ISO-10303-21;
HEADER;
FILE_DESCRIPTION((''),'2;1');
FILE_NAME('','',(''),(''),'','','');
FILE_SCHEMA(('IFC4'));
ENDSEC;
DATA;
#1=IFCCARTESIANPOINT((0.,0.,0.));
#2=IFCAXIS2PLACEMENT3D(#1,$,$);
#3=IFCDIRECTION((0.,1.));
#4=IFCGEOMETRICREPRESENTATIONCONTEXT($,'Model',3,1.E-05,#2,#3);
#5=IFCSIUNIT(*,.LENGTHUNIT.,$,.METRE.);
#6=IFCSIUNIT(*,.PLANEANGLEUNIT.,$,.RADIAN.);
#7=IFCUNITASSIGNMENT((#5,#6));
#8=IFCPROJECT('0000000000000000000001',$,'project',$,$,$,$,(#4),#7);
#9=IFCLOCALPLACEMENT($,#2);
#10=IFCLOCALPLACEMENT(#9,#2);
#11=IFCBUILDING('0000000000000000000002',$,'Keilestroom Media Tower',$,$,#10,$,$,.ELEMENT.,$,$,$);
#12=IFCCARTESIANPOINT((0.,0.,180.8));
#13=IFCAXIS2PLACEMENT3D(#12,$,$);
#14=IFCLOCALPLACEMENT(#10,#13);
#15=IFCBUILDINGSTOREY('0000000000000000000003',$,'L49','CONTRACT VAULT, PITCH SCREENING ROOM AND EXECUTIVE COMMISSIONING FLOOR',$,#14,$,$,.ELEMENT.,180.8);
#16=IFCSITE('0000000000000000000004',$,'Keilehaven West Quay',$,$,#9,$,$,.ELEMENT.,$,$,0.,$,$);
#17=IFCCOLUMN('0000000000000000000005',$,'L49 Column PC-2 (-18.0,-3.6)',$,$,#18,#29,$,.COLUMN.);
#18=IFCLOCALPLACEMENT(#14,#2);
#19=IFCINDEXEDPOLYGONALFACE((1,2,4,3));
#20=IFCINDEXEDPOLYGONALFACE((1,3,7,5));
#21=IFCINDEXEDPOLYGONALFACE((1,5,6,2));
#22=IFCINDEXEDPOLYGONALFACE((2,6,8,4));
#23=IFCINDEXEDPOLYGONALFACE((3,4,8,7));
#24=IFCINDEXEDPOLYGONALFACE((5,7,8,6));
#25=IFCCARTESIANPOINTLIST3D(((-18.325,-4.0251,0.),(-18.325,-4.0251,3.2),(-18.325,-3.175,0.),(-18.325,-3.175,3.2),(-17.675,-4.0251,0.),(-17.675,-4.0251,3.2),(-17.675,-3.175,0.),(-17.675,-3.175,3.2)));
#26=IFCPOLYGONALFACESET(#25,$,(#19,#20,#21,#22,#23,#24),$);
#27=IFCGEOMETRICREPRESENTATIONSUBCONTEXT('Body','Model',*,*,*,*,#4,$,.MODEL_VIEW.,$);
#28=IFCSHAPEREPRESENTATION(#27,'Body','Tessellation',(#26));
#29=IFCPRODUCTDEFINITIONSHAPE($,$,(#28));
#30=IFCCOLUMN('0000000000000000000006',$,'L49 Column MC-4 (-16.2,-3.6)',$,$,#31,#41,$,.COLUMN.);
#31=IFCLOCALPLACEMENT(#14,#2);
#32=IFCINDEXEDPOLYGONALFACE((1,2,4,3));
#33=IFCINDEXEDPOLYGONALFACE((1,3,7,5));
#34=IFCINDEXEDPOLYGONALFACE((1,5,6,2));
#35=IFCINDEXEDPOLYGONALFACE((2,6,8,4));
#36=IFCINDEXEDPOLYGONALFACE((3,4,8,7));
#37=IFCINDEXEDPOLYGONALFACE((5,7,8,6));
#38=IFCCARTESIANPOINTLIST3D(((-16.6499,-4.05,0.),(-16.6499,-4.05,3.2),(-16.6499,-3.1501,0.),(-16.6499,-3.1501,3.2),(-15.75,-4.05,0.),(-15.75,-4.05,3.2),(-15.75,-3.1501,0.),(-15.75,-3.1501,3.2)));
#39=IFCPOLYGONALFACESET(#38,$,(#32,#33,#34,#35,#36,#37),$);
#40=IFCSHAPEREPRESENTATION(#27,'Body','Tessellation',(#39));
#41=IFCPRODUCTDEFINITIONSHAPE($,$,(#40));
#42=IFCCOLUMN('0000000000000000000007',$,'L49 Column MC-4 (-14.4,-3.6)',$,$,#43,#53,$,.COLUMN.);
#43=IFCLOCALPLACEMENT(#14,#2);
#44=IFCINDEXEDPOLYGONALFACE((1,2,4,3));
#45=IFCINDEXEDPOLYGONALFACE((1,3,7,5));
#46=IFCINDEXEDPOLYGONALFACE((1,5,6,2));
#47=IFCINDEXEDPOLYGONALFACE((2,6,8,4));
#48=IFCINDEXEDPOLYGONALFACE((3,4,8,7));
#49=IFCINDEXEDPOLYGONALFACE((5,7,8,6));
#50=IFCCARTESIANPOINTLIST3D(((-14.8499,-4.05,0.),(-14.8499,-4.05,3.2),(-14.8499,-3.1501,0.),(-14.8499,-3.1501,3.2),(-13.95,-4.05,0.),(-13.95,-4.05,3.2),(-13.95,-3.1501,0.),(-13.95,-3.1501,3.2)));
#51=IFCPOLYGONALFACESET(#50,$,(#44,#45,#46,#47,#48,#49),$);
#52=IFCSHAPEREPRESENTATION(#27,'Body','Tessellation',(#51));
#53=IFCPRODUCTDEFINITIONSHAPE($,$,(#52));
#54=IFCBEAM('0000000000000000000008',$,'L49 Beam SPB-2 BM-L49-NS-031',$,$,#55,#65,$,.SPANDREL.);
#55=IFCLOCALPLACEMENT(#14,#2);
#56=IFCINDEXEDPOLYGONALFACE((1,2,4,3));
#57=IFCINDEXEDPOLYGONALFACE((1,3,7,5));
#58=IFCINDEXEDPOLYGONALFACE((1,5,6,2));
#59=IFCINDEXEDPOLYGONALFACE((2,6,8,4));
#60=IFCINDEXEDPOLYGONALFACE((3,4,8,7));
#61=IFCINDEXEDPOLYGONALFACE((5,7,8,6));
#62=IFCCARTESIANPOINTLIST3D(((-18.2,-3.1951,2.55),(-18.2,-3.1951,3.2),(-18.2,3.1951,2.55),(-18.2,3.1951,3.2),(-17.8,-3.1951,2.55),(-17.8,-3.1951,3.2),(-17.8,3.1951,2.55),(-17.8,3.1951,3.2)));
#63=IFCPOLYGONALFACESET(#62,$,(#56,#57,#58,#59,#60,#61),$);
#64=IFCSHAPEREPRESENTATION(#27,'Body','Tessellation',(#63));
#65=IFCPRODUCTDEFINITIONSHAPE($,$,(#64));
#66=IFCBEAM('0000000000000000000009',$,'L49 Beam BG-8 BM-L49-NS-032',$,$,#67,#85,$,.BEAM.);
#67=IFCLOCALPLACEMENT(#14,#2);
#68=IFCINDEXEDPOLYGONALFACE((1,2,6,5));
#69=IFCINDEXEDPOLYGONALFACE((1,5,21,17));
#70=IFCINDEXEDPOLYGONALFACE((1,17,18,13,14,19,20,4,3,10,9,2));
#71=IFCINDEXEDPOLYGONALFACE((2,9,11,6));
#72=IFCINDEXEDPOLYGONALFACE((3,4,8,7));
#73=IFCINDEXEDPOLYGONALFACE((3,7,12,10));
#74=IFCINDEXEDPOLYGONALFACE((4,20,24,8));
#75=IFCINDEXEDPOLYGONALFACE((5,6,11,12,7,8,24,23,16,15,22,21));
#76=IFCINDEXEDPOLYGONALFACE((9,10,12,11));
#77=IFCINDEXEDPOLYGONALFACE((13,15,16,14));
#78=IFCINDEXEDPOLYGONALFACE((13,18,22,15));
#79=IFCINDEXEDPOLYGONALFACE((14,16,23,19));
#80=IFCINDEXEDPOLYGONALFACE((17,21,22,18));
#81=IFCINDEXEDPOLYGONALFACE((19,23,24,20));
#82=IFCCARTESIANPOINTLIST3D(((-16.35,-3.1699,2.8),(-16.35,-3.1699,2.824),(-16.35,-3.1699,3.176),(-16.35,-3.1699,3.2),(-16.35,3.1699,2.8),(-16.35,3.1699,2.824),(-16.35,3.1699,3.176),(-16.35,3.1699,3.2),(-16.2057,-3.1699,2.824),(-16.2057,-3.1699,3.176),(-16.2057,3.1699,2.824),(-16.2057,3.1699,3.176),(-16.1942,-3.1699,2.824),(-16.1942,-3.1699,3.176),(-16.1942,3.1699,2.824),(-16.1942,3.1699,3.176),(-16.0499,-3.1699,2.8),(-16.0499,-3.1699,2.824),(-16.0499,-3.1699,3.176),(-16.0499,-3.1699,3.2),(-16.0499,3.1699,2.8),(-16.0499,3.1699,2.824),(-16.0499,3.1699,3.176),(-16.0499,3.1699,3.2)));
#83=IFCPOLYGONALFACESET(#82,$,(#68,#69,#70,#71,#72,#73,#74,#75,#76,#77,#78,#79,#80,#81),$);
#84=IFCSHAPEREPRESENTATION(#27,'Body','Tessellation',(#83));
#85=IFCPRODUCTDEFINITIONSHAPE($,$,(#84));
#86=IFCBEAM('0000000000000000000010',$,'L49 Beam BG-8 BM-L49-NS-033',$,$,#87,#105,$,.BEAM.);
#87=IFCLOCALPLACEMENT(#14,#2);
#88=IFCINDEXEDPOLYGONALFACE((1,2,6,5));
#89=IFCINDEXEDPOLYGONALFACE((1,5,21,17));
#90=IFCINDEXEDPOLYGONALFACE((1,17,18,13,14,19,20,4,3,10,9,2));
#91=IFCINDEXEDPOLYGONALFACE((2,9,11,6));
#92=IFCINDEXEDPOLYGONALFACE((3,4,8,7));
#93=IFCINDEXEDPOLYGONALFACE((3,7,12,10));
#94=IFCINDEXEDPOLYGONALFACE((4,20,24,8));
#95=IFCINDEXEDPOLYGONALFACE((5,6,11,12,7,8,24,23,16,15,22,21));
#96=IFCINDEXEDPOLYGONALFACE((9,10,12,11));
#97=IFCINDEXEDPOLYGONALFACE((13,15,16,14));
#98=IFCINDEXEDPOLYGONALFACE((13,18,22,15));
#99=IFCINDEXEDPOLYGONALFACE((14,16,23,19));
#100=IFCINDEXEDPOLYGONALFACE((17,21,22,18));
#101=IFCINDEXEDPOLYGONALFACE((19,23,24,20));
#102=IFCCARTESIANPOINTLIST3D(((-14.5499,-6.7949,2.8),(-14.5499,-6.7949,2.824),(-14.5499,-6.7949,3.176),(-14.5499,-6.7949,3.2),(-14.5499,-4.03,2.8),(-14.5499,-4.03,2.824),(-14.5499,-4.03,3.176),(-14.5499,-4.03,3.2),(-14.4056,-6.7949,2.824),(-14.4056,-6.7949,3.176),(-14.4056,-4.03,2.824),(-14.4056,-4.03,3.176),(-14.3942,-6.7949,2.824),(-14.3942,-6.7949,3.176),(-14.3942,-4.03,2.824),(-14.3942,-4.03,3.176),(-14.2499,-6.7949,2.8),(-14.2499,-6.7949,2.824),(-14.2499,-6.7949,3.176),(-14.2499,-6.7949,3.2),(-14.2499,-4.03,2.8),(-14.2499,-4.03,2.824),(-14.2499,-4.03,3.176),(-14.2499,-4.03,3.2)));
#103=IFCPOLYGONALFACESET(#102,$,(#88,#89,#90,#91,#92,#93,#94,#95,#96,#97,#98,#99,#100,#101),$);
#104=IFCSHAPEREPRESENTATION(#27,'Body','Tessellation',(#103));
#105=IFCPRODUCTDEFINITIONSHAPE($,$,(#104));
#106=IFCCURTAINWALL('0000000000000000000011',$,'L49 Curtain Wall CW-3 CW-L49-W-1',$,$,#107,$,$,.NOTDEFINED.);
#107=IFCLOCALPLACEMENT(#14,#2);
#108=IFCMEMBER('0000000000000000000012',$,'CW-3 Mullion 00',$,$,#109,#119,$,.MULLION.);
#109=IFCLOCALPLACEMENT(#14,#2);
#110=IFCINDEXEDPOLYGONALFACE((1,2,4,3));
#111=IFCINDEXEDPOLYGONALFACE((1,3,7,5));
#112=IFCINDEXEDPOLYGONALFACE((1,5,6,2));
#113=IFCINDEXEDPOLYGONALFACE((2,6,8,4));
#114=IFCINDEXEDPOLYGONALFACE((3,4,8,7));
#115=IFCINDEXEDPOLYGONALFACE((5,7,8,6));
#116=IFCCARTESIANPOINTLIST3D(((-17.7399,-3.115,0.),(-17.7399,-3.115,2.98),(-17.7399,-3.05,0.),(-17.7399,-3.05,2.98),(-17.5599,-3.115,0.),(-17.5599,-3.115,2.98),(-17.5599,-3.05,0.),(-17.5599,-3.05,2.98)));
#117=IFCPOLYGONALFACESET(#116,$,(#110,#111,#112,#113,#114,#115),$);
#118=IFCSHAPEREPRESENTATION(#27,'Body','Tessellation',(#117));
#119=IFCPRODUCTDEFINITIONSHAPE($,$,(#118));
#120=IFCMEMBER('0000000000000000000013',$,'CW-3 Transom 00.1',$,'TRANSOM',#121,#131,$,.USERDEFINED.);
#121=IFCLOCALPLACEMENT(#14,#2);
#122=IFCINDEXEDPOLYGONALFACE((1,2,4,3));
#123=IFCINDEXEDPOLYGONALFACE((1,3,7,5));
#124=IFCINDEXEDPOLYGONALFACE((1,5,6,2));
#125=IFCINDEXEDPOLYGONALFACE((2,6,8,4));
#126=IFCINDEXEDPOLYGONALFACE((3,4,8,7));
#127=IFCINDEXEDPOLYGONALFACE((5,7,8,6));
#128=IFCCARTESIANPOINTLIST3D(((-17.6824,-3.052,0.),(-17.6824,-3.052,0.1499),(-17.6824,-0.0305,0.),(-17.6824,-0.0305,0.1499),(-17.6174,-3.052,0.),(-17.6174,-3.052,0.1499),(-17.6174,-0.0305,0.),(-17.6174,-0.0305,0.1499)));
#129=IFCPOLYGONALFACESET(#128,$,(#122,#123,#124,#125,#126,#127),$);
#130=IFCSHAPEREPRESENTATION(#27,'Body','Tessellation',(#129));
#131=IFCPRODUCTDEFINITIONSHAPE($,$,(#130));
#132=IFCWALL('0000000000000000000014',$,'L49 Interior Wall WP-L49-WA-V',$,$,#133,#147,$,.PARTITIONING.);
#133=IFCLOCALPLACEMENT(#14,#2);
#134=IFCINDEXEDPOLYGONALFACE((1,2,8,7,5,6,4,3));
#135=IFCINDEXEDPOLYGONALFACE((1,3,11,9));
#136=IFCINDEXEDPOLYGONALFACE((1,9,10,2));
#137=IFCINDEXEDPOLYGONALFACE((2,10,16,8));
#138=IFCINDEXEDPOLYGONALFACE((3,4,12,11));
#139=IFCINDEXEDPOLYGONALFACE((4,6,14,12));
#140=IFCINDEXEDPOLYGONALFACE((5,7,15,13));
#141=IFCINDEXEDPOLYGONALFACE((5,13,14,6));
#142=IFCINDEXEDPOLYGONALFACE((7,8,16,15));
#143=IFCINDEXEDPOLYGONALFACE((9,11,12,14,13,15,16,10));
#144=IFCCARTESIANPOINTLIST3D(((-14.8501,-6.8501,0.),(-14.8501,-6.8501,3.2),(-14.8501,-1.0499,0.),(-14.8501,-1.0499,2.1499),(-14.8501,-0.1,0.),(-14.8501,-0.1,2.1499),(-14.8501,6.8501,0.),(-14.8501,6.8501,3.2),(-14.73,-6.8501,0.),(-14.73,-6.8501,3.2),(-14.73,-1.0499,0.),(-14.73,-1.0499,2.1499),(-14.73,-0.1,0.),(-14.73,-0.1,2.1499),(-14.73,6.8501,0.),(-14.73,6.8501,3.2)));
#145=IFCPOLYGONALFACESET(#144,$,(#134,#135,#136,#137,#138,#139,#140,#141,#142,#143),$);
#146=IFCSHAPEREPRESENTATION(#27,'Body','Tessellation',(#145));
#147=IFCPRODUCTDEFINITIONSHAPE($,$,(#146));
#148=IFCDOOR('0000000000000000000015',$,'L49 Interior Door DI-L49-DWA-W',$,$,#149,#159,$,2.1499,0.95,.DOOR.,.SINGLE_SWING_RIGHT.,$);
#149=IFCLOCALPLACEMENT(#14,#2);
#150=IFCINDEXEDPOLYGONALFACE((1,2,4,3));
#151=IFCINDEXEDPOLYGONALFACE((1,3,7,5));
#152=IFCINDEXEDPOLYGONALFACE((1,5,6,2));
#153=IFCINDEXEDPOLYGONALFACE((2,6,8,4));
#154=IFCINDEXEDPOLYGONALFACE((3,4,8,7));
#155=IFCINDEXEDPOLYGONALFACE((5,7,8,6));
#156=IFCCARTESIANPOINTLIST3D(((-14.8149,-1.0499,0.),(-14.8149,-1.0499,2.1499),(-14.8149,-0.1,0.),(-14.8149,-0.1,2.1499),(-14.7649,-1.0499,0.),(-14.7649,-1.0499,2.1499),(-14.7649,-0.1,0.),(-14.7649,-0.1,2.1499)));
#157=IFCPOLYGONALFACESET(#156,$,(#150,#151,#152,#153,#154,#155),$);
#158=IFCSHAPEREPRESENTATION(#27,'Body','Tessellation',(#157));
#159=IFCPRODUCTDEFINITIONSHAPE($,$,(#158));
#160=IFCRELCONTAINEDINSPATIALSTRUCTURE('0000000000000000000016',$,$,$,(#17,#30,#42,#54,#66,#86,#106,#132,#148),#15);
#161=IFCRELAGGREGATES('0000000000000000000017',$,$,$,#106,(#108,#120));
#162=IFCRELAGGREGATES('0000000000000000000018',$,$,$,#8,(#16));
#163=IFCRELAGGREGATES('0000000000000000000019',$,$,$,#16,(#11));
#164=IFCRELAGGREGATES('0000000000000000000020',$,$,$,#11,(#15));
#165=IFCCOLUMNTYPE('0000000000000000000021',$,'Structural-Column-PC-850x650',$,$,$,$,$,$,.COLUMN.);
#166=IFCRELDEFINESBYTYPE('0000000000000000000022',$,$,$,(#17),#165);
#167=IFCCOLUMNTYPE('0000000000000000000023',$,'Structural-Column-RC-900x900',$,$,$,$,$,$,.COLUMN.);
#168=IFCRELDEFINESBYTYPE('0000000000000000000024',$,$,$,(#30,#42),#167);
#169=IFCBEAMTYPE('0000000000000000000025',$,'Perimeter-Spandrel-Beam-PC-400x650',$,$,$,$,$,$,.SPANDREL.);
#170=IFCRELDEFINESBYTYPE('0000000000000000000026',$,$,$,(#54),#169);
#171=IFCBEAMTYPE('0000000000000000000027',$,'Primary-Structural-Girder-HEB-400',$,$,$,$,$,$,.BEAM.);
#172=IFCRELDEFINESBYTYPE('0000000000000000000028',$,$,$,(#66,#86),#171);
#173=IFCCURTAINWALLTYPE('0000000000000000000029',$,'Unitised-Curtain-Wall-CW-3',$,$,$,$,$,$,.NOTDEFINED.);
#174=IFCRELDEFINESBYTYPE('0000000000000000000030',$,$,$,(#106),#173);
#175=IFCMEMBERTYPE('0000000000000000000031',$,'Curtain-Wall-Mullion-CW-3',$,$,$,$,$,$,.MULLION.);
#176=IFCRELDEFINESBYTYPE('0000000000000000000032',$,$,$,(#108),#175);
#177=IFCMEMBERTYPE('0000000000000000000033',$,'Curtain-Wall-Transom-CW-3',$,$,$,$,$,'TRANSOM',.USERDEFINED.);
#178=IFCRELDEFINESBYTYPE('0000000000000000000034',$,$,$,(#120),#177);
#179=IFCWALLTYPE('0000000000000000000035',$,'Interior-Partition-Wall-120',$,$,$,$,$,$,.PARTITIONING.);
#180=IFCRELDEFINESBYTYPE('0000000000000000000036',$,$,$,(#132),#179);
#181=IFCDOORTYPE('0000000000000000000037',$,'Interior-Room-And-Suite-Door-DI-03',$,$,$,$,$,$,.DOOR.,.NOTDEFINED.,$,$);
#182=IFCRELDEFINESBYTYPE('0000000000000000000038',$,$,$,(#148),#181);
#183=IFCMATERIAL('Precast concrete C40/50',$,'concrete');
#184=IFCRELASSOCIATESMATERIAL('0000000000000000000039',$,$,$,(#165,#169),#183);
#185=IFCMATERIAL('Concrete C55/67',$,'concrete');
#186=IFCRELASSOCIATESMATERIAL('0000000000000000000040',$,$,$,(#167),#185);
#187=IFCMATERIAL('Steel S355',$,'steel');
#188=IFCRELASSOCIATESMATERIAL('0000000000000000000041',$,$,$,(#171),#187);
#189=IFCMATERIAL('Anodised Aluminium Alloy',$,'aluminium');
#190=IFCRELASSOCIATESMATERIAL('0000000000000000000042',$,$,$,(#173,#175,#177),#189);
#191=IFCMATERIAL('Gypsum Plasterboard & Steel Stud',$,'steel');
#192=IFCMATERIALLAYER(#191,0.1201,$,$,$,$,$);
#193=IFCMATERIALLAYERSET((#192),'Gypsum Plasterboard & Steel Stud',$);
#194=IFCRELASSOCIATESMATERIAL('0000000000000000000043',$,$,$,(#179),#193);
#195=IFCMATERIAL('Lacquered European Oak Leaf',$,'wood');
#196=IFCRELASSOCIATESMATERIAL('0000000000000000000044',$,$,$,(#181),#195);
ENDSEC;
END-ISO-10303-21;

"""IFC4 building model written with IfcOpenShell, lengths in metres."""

from ifc_helpers import new_model, si_unit, direction, frame, frame_2d, origin, origin_2d, place, context, subcontext, project, spatial, rectangle, i_section, extrude, source, transform, mapped, material, layer, layer_set, material_profile, profile_set, type_object, element, fill, aggregate, save


model = new_model("IFC4")

# Units and contexts
model_context = context("Model", 3, precision=1e-05, world=origin(), true_north=direction((0.0, 1.0)))
body_context = subcontext(model_context, "Body", "Model", "MODEL_VIEW")
ifc_project = project(units=[si_unit("LENGTHUNIT", "METRE"), si_unit("PLANEANGLEUNIT", "RADIAN")], contexts=[model_context])

# Site, building, storey
site_placement = place(None, origin())
site = spatial("IfcSite", under=ifc_project, at=site_placement, Name="Keilehaven West Quay", CompositionType="ELEMENT", RefElevation=0.0)
building_placement = place(site_placement, origin())
building = spatial("IfcBuilding", under=site, at=building_placement, Name="Keilestroom Media Tower", CompositionType="ELEMENT")
storey_placement = place(building_placement, frame((0.0, 0.0, 180.8)))
storey = spatial("IfcBuildingStorey", under=building, at=storey_placement, Name="L49", Description="CONTRACT VAULT, PITCH SCREENING ROOM AND EXECUTIVE COMMISSIONING FLOOR", CompositionType="ELEMENT", Elevation=180.8)

# Columns
ifc_material_1 = material(Name="Precast concrete C40/50", Category="concrete")
ifc_material_profile_1 = material_profile(ifc_material_1, rectangle(XDim=0.6499, YDim=0.8501, at=origin_2d()), Name="PC 850x650")
ifc_profile_set_1 = profile_set([ifc_material_profile_1], Name="Precast concrete C40/50")
column_type_1 = type_object("IfcColumnType", Name="Structural-Column-PC-850x650", PredefinedType="COLUMN", material=ifc_profile_set_1)
shared_shape_1 = source(origin(), body_context, "Body", "SweptSolid", [
    extrude(rectangle(XDim=0.6499, YDim=0.8501, at=origin_2d()), origin(), (0.0, 0.0, 1.0), 3.2),
])
column_placement = place(storey_placement, frame((-18.0, -3.6001, 0.0), z_axis=(0.0, 0.0, 1.0), x_axis=(1.0, 0.0, 0.0)))
element("IfcColumn", 1, at=column_placement, inside=storey, type_object=column_type_1, Name="L49 Column PC-2 (-18.0,-3.6)", PredefinedType="COLUMN", context=body_context, shape_type="MappedRepresentation", body=[
    mapped(shared_shape_1, transform((0.0, 0.0, 0.0), x_axis=(1.0, 0.0, 0.0), y_axis=(0.0, 1.0, 0.0), z_axis=(0.0, 0.0, 1.0), scale=1.0)),
])
ifc_material_2 = material(Name="Concrete C55/67", Category="concrete")
ifc_material_profile_2 = material_profile(ifc_material_2, rectangle(XDim=0.8999, YDim=0.8999, at=origin_2d()), Name="RC 900x900")
ifc_profile_set_2 = profile_set([ifc_material_profile_2], Name="Concrete C55/67")
column_type_2 = type_object("IfcColumnType", Name="Structural-Column-RC-900x900", PredefinedType="COLUMN", material=ifc_profile_set_2)
shared_shape_2 = source(origin(), body_context, "Body", "SweptSolid", [
    extrude(rectangle(XDim=0.8999, YDim=0.8999, at=origin_2d()), origin(), (0.0, 0.0, 1.0), 3.2),
])
for number, where, z_axis, x_axis, name in (
    (2, (-16.2, -3.6001, 0.0), (0.0, 0.0, 1.0), (1.0, 0.0, 0.0), "L49 Column MC-4 (-16.2,-3.6)"),
    (3, (-14.3999, -3.6001, 0.0), (0.0, 0.0, 1.0), (1.0, 0.0, 0.0), "L49 Column MC-4 (-14.4,-3.6)"),
):
    element("IfcColumn", number, at=place(storey_placement, frame(where, z_axis=z_axis, x_axis=x_axis)), inside=storey, type_object=column_type_2, Name=name, PredefinedType="COLUMN", context=body_context, shape_type="MappedRepresentation", body=[
        mapped(shared_shape_2, transform((0.0, 0.0, 0.0), x_axis=(1.0, 0.0, 0.0), y_axis=(0.0, 1.0, 0.0), z_axis=(0.0, 0.0, 1.0), scale=1.0)),
    ])

# Beams
ifc_material_profile_3 = material_profile(ifc_material_1, rectangle(XDim=0.3999, YDim=0.6499, at=origin_2d()), Name="PC 400x650")
ifc_profile_set_3 = profile_set([ifc_material_profile_3], Name="Precast concrete C40/50")
beam_type_1 = type_object("IfcBeamType", Name="Perimeter-Spandrel-Beam-PC-400x650", PredefinedType="SPANDREL", material=ifc_profile_set_3)
shared_shape_3 = source(origin(), body_context, "Body", "SweptSolid", [
    extrude(rectangle(XDim=0.3999, YDim=0.6499, at=origin_2d()), origin(), (0.0, 0.0, 1.0), 6.3901),
])
beam_1_placement = place(storey_placement, frame((-18.0, -3.1951, 2.875), z_axis=(0.0, 1.0, 0.0), x_axis=(-1.0, 0.0, 0.0)))
element("IfcBeam", 4, at=beam_1_placement, inside=storey, type_object=beam_type_1, Name="L49 Beam SPB-2 BM-L49-NS-031", PredefinedType="SPANDREL", context=body_context, shape_type="MappedRepresentation", body=[
    mapped(shared_shape_3, transform((0.0, 0.0, 0.0), x_axis=(1.0, 0.0, 0.0), y_axis=(0.0, 1.0, 0.0), z_axis=(0.0, 0.0, 1.0), scale=1.0)),
])
ifc_material_3 = material(Name="Steel S355", Category="steel")
ifc_material_profile_4 = material_profile(ifc_material_3, i_section(OverallWidth=0.3, OverallDepth=0.3999, WebThickness=0.0115, FlangeThickness=0.0239, at=origin_2d()), Name="HEB 400")
ifc_profile_set_4 = profile_set([ifc_material_profile_4], Name="Steel S355")
beam_type_2 = type_object("IfcBeamType", Name="Primary-Structural-Girder-HEB-400", PredefinedType="BEAM", material=ifc_profile_set_4)
shared_shape_4 = source(origin(), body_context, "Body", "SweptSolid", [
    extrude(i_section(OverallWidth=0.3, OverallDepth=0.3999, WebThickness=0.0115, FlangeThickness=0.0239, at=origin_2d()), origin(), (0.0, 0.0, 1.0), 6.3398),
])
beam_2_placement = place(storey_placement, frame((-16.2, -3.1699, 3.0), z_axis=(0.0, 1.0, 0.0), x_axis=(-1.0, 0.0, 0.0)))
element("IfcBeam", 5, at=beam_2_placement, inside=storey, type_object=beam_type_2, Name="L49 Beam BG-8 BM-L49-NS-032", PredefinedType="BEAM", context=body_context, shape_type="MappedRepresentation", body=[
    mapped(shared_shape_4, transform((0.0, 0.0, 0.0), x_axis=(1.0, 0.0, 0.0), y_axis=(0.0, 1.0, 0.0), z_axis=(0.0, 0.0, 1.0), scale=1.0)),
])
shared_shape_5 = source(origin(), body_context, "Body", "SweptSolid", [
    extrude(i_section(OverallWidth=0.3, OverallDepth=0.3999, WebThickness=0.0115, FlangeThickness=0.0239, at=origin_2d()), origin(), (0.0, 0.0, 1.0), 2.7649),
])
beam_3_placement = place(storey_placement, frame((-14.3999, -6.7949, 3.0), z_axis=(0.0, 1.0, 0.0), x_axis=(-1.0, 0.0, 0.0)))
element("IfcBeam", 6, at=beam_3_placement, inside=storey, type_object=beam_type_2, Name="L49 Beam BG-8 BM-L49-NS-033", PredefinedType="BEAM", context=body_context, shape_type="MappedRepresentation", body=[
    mapped(shared_shape_5, transform((0.0, 0.0, 0.0), x_axis=(1.0, 0.0, 0.0), y_axis=(0.0, 1.0, 0.0), z_axis=(0.0, 0.0, 1.0), scale=1.0)),
])

# Curtain wall, members
ifc_material_4 = material(Name="Anodised Aluminium Alloy", Category="aluminium")
curtain_wall_type = type_object("IfcCurtainWallType", Name="Unitised-Curtain-Wall-CW-3", PredefinedType="NOTDEFINED", material=ifc_material_4)
curtain_wall_placement = place(storey_placement, origin())
curtain_wall = element("IfcCurtainWall", 7, at=curtain_wall_placement, inside=storey, type_object=curtain_wall_type, Name="L49 Curtain Wall CW-3 CW-L49-W-1", PredefinedType="NOTDEFINED")
ifc_material_profile_5 = material_profile(ifc_material_4, rectangle(XDim=0.0649, YDim=0.1799, at=origin_2d()), Name="ALU MULLION 65x180")
ifc_profile_set_5 = profile_set([ifc_material_profile_5], Name="Anodised Aluminium Alloy")
member_type_1 = type_object("IfcMemberType", Name="Curtain-Wall-Mullion-CW-3", PredefinedType="MULLION", material=ifc_profile_set_5)
shared_shape_6 = source(origin(), body_context, "Body", "SweptSolid", [
    extrude(rectangle(XDim=0.0649, YDim=0.1799, at=origin_2d()), origin(), (0.0, 0.0, 1.0), 2.98),
])
member_1_placement = place(storey_placement, frame((-17.6499, -3.0825, 0.0), z_axis=(0.0, 0.0, 1.0), x_axis=(0.0, 1.0, 0.0)))
member_1 = element("IfcMember", 8, at=member_1_placement, type_object=member_type_1, Name="CW-3 Mullion 00", PredefinedType="MULLION", context=body_context, shape_type="MappedRepresentation", body=[
    mapped(shared_shape_6, transform((0.0, 0.0, 0.0), x_axis=(1.0, 0.0, 0.0), y_axis=(0.0, 1.0, 0.0), z_axis=(0.0, 0.0, 1.0), scale=1.0)),
])
ifc_material_profile_6 = material_profile(ifc_material_4, rectangle(XDim=0.0649, YDim=0.1499, at=origin_2d()), Name="ALU TRANSOM 65x150")
ifc_profile_set_6 = profile_set([ifc_material_profile_6], Name="Anodised Aluminium Alloy")
member_type_2 = type_object("IfcMemberType", Name="Curtain-Wall-Transom-CW-3", ElementType="TRANSOM", PredefinedType="USERDEFINED", material=ifc_profile_set_6)
shared_shape_7 = source(origin(), body_context, "Body", "SweptSolid", [
    extrude(rectangle(XDim=0.0649, YDim=0.1499, at=origin_2d()), origin(), (0.0, 0.0, 1.0), 3.0215),
])
member_2_placement = place(storey_placement, frame((-17.6499, -3.052, 0.075), z_axis=(0.0, 1.0, 0.0), x_axis=(-1.0, 0.0, 0.0)))
member_2 = element("IfcMember", 9, at=member_2_placement, type_object=member_type_2, Name="CW-3 Transom 00.1", ObjectType="TRANSOM", PredefinedType="USERDEFINED", context=body_context, shape_type="MappedRepresentation", body=[
    mapped(shared_shape_7, transform((0.0, 0.0, 0.0), x_axis=(1.0, 0.0, 0.0), y_axis=(0.0, 1.0, 0.0), z_axis=(0.0, 0.0, 1.0), scale=1.0)),
])
aggregate(curtain_wall, [member_1, member_2])

# Wall, opening, door
ifc_material_5 = material(Name="Gypsum Plasterboard & Steel Stud", Category="steel")
ifc_layer_1 = layer(ifc_material_5, 0.1201)
ifc_layer_set_1 = layer_set([ifc_layer_1], Name="Gypsum Plasterboard & Steel Stud")
wall_type_1 = type_object("IfcWallType", Name="Interior-Partition-Wall-120", PredefinedType="PARTITIONING", material=ifc_layer_set_1)
wall_1_placement = place(storey_placement, frame((-14.79, -6.8501, 0.0), z_axis=(0.0, 0.0, 1.0), x_axis=(0.0, 1.0, 0.0)))
wall_1 = element("IfcWall", 10, at=wall_1_placement, inside=storey, type_object=wall_type_1, Name="L49 Interior Wall WP-L49-WA-V", PredefinedType="PARTITIONING", context=body_context, shape_type="SweptSolid", body=[
    extrude(rectangle(XDim=13.7002, YDim=0.1201, at=frame_2d((6.8501, 0.0))), origin(), (0.0, 0.0, 1.0), 3.2),
])
opening_placement = place(wall_1_placement, frame((5.8, 0.0, 0.0)))
opening = element("IfcOpeningElement", 11, at=opening_placement, cuts=wall_1, PredefinedType="OPENING", context=body_context, shape_type="SweptSolid", body=[
    extrude(rectangle(XDim=0.95, YDim=2.1499, at=frame_2d((0.4751, 1.075))), frame((0.0, 0.0701, 0.0), z_axis=(0.0, -1.0, 0.0), x_axis=(1.0, 0.0, 0.0)), (0.0, 0.0, 1.0), 0.1401),
])
ifc_material_6 = material(Name="Lacquered European Oak Leaf", Category="wood")
door_type = type_object("IfcDoorType", Name="Interior-Room-And-Suite-Door-DI-03", OperationType="NOTDEFINED", PredefinedType="DOOR", material=ifc_material_6)
shared_shape_8 = source(origin(), body_context, "Body", "SweptSolid", [
    extrude(rectangle(XDim=0.95, YDim=2.1499, at=frame_2d((0.4751, 1.075))), frame((0.0, 0.0249, 0.0), z_axis=(0.0, -1.0, 0.0), x_axis=(1.0, 0.0, 0.0)), (0.0, 0.0, 1.0), 0.05),
])
door_placement = place(opening_placement, origin())
door = element("IfcDoor", 12, at=door_placement, inside=storey, type_object=door_type, Name="L49 Interior Door DI-L49-DWA-W", OperationType="SINGLE_SWING_RIGHT", OverallHeight=2.1499, OverallWidth=0.95, PredefinedType="DOOR", context=body_context, shape_type="MappedRepresentation", body=[
    mapped(shared_shape_8, transform((0.0, 0.0, 0.0), x_axis=(1.0, 0.0, 0.0), y_axis=(0.0, 1.0, 0.0), z_axis=(0.0, 0.0, 1.0), scale=1.0)),
])
fill(opening, door)

save(model, "model.ifc")
